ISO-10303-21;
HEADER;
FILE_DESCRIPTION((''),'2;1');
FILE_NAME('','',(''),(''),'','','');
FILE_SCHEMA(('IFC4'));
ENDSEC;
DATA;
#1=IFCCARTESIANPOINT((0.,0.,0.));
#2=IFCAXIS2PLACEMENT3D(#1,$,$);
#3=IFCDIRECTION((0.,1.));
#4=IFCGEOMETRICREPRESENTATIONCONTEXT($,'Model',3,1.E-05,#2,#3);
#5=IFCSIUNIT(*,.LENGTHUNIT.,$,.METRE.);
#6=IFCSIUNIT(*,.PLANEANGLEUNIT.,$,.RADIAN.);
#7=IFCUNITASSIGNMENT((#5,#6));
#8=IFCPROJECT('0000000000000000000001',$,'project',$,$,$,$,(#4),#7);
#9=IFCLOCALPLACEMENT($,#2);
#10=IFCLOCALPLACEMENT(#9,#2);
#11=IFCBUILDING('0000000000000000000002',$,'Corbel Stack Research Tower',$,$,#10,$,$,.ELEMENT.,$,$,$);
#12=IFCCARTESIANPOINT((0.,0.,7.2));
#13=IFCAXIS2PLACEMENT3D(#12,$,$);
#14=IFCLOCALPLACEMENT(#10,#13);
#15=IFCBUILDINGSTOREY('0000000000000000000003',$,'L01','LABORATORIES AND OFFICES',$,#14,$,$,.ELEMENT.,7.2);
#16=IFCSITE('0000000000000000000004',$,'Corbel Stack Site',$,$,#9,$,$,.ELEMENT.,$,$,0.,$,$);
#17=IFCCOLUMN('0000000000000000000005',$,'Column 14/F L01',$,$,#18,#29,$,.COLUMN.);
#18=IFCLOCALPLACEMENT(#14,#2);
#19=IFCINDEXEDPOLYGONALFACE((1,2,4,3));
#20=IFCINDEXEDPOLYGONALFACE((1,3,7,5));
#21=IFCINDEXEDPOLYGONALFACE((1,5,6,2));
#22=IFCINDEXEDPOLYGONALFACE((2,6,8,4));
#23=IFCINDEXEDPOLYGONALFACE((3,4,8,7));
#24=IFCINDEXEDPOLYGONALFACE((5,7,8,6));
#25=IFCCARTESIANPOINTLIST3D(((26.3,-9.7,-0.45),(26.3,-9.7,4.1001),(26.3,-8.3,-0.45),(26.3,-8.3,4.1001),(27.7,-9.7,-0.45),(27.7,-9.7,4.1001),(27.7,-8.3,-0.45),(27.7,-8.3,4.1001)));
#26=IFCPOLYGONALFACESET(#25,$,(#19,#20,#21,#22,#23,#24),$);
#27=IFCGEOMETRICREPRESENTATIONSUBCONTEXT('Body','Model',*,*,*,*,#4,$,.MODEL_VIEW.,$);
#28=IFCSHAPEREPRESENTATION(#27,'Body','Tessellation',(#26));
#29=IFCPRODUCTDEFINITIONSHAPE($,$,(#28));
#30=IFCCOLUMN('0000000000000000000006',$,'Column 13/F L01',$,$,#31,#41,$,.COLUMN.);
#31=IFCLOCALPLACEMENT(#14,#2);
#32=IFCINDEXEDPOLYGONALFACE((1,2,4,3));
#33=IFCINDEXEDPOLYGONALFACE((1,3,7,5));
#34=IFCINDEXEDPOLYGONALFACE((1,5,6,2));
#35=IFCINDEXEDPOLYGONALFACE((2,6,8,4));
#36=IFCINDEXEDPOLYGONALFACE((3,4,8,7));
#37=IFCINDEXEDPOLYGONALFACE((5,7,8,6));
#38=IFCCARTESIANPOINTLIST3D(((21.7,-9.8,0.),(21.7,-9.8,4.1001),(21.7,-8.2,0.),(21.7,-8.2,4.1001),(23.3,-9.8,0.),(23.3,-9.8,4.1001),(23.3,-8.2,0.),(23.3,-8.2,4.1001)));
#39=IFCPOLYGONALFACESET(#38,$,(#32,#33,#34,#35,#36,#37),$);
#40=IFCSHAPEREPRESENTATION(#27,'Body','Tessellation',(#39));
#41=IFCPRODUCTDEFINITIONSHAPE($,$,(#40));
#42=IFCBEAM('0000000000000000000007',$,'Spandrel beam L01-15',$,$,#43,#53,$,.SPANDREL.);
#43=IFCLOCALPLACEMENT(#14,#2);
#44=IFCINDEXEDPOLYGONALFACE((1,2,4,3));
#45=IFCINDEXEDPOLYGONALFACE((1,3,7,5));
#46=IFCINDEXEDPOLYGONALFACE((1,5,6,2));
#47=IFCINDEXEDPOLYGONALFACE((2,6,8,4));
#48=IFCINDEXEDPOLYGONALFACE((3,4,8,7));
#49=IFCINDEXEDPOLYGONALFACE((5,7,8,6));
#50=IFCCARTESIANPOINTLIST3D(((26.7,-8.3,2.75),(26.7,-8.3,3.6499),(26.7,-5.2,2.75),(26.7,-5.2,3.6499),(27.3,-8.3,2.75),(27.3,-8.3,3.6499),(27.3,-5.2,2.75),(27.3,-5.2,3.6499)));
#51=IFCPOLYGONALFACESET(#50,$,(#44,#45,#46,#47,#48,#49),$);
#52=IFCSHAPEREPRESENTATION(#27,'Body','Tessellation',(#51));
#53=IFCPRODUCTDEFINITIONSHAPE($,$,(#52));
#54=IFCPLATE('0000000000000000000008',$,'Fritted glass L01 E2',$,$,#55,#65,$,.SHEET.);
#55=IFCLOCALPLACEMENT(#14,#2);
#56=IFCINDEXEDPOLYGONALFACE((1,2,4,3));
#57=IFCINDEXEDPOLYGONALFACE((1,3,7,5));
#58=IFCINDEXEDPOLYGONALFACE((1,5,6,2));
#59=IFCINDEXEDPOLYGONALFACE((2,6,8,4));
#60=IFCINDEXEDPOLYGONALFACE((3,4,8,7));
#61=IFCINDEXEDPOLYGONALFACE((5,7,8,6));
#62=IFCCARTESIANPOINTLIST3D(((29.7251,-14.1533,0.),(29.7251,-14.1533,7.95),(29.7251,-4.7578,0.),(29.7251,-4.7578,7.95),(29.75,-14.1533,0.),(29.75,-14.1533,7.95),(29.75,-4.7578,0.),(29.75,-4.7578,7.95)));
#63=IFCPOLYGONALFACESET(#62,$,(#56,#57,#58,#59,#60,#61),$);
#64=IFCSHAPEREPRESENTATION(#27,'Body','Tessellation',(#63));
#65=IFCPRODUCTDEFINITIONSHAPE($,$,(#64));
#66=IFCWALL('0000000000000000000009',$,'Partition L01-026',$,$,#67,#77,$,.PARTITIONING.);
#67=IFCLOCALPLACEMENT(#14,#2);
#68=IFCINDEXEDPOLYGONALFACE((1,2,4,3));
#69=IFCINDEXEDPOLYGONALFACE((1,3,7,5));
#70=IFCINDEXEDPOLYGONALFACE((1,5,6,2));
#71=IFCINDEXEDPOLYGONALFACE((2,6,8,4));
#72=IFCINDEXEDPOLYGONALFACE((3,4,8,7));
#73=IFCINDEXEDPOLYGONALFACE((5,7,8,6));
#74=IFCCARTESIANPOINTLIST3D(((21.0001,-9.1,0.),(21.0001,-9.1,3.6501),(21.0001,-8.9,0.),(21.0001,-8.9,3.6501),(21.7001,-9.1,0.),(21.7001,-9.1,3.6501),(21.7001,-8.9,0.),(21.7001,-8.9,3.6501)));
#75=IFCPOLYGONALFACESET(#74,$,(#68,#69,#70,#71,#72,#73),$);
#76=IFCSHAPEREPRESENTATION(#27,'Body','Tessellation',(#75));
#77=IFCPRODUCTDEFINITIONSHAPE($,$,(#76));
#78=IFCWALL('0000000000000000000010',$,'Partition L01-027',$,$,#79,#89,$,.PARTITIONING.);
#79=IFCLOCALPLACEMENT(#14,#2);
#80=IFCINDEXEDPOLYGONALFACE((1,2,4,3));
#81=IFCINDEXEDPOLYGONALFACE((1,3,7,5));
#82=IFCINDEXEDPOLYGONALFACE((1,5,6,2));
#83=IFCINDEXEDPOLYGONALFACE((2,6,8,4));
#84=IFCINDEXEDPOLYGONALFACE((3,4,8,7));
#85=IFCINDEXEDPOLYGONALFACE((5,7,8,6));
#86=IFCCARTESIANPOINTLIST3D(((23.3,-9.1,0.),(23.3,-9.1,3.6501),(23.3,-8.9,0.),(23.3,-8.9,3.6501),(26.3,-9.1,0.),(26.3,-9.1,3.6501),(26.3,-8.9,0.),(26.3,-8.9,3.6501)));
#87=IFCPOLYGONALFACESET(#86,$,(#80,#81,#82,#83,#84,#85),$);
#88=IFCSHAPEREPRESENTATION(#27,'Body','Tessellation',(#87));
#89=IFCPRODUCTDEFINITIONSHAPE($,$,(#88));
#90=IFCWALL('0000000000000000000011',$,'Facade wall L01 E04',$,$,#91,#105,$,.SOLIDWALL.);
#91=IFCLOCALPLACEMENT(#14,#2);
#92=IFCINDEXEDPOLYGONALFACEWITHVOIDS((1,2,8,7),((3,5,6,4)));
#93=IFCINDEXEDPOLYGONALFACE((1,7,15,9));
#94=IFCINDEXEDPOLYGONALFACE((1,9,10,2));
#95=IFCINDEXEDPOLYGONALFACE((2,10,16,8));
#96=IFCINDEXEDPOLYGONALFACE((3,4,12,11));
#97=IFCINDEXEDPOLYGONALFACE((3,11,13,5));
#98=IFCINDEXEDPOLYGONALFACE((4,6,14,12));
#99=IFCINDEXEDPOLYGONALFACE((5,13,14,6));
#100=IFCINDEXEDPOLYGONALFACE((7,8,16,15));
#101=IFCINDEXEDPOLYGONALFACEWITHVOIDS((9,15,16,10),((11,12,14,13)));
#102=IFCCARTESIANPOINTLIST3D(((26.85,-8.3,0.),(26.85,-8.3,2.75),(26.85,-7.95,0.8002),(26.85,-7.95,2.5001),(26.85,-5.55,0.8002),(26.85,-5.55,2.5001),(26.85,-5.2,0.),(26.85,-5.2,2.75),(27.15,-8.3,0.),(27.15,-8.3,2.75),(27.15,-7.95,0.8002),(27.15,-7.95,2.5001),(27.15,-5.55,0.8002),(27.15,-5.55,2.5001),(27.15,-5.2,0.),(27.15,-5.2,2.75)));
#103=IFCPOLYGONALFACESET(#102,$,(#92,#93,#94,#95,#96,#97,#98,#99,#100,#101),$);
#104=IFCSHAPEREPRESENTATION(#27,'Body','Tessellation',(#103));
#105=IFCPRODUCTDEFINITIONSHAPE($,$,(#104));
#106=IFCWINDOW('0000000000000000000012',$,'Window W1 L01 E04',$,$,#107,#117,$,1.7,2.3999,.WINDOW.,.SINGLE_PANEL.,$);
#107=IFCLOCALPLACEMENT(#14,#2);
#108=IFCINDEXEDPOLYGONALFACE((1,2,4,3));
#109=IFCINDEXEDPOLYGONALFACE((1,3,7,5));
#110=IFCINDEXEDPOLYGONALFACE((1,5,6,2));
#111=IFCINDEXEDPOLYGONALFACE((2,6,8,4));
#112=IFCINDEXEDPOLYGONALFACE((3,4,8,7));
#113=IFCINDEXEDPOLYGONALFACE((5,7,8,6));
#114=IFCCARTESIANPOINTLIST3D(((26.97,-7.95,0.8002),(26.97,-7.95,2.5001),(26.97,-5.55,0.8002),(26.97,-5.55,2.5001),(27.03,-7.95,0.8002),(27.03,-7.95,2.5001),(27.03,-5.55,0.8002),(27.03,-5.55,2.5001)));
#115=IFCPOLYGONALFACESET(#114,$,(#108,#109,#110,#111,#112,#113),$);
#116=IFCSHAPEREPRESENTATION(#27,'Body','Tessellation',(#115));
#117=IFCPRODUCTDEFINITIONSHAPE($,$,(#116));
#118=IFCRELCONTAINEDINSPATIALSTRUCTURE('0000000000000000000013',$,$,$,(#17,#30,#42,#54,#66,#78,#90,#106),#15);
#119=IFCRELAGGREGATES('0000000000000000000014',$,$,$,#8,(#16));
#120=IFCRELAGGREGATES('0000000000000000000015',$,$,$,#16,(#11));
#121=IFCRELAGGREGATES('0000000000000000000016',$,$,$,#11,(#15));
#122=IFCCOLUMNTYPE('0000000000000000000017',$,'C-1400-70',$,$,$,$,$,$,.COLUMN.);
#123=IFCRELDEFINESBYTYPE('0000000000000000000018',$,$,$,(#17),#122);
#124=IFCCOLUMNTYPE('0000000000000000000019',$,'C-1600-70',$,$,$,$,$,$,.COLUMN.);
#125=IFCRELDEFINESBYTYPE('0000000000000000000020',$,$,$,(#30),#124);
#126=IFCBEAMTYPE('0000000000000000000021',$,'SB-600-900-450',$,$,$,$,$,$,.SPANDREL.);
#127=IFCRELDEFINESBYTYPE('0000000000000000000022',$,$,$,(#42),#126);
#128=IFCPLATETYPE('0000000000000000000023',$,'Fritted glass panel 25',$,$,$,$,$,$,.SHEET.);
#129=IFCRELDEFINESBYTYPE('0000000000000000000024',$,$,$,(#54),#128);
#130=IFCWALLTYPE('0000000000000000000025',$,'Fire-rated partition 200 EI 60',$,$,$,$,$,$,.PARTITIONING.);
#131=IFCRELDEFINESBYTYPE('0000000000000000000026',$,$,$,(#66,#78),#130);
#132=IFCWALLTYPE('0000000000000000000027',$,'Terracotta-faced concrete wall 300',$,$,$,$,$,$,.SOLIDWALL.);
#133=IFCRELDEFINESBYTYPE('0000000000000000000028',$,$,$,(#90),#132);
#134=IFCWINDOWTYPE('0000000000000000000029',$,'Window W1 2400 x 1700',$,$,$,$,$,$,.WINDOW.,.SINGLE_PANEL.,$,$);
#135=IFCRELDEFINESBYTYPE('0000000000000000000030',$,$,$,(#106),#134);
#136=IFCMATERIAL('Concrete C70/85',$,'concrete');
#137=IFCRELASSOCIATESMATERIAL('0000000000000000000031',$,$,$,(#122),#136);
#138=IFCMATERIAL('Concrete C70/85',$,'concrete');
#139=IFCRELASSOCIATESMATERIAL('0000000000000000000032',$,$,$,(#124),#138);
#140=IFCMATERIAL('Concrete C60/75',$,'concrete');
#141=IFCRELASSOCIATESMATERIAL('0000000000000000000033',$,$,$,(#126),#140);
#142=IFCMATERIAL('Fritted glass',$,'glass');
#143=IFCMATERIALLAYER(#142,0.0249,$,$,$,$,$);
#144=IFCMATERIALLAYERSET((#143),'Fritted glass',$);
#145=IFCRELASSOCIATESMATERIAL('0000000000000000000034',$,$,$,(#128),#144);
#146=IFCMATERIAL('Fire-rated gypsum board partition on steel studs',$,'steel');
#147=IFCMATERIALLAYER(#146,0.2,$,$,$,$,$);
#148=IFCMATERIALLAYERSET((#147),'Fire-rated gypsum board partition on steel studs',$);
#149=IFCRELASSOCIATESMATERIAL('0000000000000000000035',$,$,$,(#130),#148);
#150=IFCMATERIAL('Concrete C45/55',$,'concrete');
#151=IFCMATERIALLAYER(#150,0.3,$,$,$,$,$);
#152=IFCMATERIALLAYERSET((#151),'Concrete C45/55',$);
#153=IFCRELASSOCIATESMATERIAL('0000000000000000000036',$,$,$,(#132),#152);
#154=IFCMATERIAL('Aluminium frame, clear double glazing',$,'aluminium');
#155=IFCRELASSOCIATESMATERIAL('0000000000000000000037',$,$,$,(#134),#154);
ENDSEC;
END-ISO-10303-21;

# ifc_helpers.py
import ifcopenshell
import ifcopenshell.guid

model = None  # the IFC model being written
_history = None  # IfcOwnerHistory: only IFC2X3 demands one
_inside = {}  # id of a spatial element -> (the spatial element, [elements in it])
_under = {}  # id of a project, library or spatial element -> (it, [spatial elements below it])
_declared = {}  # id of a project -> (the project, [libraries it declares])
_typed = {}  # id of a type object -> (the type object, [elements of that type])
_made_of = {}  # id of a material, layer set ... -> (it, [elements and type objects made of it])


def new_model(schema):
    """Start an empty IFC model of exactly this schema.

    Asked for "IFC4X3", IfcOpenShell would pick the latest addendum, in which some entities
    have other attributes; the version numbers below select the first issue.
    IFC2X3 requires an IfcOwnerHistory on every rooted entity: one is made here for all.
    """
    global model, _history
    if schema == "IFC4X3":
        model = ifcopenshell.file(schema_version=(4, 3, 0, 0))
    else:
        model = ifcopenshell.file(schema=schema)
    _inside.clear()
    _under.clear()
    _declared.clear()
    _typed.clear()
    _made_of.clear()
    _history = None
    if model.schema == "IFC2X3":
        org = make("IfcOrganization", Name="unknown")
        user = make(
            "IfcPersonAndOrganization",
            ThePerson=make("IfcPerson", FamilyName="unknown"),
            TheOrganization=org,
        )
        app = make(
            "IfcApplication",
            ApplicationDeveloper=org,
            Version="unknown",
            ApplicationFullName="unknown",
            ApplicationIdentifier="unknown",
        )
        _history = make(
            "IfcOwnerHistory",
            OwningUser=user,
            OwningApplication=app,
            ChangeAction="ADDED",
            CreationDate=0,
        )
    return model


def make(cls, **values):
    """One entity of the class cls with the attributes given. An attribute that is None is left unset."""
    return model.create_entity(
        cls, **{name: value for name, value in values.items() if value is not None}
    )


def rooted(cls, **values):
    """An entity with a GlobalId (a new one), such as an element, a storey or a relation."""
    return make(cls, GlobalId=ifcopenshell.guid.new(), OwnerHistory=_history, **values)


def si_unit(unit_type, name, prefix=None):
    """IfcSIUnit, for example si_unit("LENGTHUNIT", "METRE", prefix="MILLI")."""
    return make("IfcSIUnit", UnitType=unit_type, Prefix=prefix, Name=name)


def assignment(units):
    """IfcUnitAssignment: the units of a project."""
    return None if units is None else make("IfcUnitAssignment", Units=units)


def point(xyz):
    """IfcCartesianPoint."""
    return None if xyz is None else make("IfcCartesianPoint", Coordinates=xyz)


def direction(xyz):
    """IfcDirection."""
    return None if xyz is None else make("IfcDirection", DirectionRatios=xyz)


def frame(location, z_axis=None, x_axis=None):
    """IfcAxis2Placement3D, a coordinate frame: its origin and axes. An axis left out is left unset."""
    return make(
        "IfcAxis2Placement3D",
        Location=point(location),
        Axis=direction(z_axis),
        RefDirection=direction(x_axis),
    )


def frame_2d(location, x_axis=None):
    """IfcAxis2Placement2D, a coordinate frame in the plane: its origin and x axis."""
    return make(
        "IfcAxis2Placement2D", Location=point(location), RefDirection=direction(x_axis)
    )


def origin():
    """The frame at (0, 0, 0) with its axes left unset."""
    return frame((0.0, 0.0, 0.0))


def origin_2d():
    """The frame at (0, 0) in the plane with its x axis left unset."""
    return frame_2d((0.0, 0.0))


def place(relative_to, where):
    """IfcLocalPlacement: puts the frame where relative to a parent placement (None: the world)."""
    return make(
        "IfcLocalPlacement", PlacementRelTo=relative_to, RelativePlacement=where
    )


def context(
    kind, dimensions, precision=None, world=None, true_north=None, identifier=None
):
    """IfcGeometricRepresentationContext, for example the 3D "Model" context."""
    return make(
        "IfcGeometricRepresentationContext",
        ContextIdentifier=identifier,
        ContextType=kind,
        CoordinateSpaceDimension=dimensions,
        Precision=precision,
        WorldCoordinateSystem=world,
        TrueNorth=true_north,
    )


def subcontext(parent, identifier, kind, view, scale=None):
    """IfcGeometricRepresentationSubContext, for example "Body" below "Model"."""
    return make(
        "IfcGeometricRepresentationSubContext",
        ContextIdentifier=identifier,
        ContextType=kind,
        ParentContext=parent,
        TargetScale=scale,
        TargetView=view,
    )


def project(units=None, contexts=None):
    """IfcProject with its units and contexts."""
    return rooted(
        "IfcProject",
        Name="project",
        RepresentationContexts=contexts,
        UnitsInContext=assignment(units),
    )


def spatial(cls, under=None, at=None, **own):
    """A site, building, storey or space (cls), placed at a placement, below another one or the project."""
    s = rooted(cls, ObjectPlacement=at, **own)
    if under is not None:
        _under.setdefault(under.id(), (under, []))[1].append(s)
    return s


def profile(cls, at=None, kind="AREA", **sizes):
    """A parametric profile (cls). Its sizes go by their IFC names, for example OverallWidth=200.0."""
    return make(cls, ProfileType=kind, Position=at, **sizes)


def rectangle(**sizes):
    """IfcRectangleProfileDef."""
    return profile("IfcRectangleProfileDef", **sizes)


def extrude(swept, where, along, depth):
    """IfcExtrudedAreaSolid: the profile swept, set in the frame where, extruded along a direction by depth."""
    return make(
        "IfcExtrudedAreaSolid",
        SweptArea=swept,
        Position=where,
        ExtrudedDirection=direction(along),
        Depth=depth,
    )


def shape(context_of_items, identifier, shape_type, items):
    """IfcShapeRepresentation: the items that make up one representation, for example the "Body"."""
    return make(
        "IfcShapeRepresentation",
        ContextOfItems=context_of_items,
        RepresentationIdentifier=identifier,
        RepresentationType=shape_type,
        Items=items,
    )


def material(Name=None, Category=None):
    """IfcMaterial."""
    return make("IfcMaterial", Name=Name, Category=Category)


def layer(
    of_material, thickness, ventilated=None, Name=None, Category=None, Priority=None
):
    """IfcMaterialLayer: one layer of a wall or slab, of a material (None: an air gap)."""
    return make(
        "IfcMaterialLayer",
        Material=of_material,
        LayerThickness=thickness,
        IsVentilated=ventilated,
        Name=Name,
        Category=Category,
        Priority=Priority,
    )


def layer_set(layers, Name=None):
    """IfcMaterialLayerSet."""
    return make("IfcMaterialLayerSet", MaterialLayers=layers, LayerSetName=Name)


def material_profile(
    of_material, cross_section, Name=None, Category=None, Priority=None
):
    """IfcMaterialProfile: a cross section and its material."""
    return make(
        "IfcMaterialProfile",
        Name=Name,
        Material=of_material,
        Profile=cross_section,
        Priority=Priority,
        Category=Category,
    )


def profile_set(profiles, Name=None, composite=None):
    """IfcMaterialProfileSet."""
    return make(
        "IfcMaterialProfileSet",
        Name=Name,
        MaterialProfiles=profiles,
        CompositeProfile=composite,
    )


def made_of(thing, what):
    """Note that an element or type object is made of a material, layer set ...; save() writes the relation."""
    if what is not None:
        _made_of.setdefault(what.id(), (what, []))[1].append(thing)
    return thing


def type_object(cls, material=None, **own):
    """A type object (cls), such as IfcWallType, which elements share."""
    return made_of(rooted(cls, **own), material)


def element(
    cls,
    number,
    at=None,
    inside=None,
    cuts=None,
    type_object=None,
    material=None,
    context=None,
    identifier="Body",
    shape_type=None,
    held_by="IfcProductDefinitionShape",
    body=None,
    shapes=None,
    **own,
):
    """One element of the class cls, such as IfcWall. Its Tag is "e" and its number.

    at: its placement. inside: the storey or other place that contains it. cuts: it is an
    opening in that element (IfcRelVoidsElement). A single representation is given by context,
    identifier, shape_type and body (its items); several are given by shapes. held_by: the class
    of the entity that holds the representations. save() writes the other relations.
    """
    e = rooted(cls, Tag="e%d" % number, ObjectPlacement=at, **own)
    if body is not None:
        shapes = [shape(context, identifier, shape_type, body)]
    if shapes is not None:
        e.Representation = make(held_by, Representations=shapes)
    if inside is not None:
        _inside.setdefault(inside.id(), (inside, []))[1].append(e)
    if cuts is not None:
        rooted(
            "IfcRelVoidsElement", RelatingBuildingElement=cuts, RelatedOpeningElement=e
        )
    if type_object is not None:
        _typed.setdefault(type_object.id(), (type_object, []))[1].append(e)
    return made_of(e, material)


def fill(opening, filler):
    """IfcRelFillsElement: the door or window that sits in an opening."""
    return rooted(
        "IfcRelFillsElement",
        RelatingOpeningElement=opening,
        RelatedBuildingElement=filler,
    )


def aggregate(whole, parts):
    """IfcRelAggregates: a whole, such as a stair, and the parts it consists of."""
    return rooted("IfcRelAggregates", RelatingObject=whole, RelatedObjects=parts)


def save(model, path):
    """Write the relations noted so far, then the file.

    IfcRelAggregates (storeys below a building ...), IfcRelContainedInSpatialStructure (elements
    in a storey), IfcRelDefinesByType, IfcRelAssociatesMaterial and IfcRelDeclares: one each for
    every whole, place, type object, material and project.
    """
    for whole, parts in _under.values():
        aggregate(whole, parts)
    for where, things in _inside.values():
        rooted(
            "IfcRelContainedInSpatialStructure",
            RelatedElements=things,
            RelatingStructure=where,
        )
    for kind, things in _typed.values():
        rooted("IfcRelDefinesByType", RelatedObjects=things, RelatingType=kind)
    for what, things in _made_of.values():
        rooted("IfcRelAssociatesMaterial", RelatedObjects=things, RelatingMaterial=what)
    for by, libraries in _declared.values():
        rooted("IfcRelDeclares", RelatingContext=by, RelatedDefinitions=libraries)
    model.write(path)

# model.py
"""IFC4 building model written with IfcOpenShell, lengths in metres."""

from ifc_helpers import new_model, si_unit, direction, frame, frame_2d, origin, origin_2d, place, context, subcontext, project, spatial, rectangle, extrude, material, layer, layer_set, material_profile, profile_set, type_object, element, fill, save


model = new_model("IFC4")

# Units and contexts
model_context = context("Model", 3, precision=1e-05, world=origin(), true_north=direction((0.0, 1.0)))
body_context = subcontext(model_context, "Body", "Model", "MODEL_VIEW")
ifc_project = project(units=[si_unit("LENGTHUNIT", "METRE"), si_unit("PLANEANGLEUNIT", "RADIAN")], contexts=[model_context])

# Site, building, storey
site_placement = place(None, origin())
site = spatial("IfcSite", under=ifc_project, at=site_placement, Name="Corbel Stack Site", CompositionType="ELEMENT", RefElevation=0.0)
building_placement = place(site_placement, origin())
building = spatial("IfcBuilding", under=site, at=building_placement, Name="Corbel Stack Research Tower", CompositionType="ELEMENT")
storey_placement = place(building_placement, frame((0.0, 0.0, 7.2)))
storey = spatial("IfcBuildingStorey", under=building, at=storey_placement, Name="L01", Description="LABORATORIES AND OFFICES", CompositionType="ELEMENT", Elevation=7.2)

# Columns
ifc_material_1 = material(Name="Concrete C70/85", Category="concrete")
ifc_material_profile_1 = material_profile(ifc_material_1, rectangle(XDim=1.3999, YDim=1.3999, at=origin_2d()), Name="RC 1400 x 1400")
ifc_profile_set_1 = profile_set([ifc_material_profile_1], Name="Concrete C70/85")
column_type_1 = type_object("IfcColumnType", Name="C-1400-70", PredefinedType="COLUMN", material=ifc_profile_set_1)
column_1_placement = place(storey_placement, frame((27.0, -9.0, -0.45), z_axis=(0.0, 0.0, 1.0), x_axis=(1.0, 0.0, 0.0)))
element("IfcColumn", 1, at=column_1_placement, inside=storey, type_object=column_type_1, Name="Column 14/F L01", PredefinedType="COLUMN", context=body_context, shape_type="SweptSolid", body=[
    extrude(rectangle(XDim=1.3999, YDim=1.3999, at=origin_2d()), origin(), (0.0, 0.0, 1.0), 4.55),
])
ifc_material_2 = material(Name="Concrete C70/85", Category="concrete")
ifc_material_profile_2 = material_profile(ifc_material_2, rectangle(XDim=1.6001, YDim=1.6001, at=origin_2d()), Name="RC 1600 x 1600")
ifc_profile_set_2 = profile_set([ifc_material_profile_2], Name="Concrete C70/85")
column_type_2 = type_object("IfcColumnType", Name="C-1600-70", PredefinedType="COLUMN", material=ifc_profile_set_2)
column_2_placement = place(storey_placement, frame((22.5, -9.0, 0.0), z_axis=(0.0, 0.0, 1.0), x_axis=(1.0, 0.0, 0.0)))
element("IfcColumn", 2, at=column_2_placement, inside=storey, type_object=column_type_2, Name="Column 13/F L01", PredefinedType="COLUMN", context=body_context, shape_type="SweptSolid", body=[
    extrude(rectangle(XDim=1.6001, YDim=1.6001, at=origin_2d()), origin(), (0.0, 0.0, 1.0), 4.1001),
])

# Beam
ifc_material_3 = material(Name="Concrete C60/75", Category="concrete")
ifc_material_profile_3 = material_profile(ifc_material_3, rectangle(XDim=0.6001, YDim=0.8999, at=origin_2d()), Name="RC 600 x 900")
ifc_profile_set_3 = profile_set([ifc_material_profile_3], Name="Concrete C60/75")
beam_type = type_object("IfcBeamType", Name="SB-600-900-450", PredefinedType="SPANDREL", material=ifc_profile_set_3)
beam_placement = place(storey_placement, frame((27.0, -8.3, 3.2), z_axis=(0.0, 1.0, 0.0), x_axis=(-1.0, 0.0, 0.0)))
element("IfcBeam", 3, at=beam_placement, inside=storey, type_object=beam_type, Name="Spandrel beam L01-15", PredefinedType="SPANDREL", context=body_context, shape_type="SweptSolid", body=[
    extrude(rectangle(XDim=0.6001, YDim=0.8999, at=origin_2d()), origin(), (0.0, 0.0, 1.0), 3.1001),
])

# Plate
ifc_material_4 = material(Name="Fritted glass", Category="glass")
ifc_layer_1 = layer(ifc_material_4, 0.0249)
ifc_layer_set_1 = layer_set([ifc_layer_1], Name="Fritted glass")
plate_type = type_object("IfcPlateType", Name="Fritted glass panel 25", PredefinedType="SHEET", material=ifc_layer_set_1)
plate_placement = place(storey_placement, frame((29.7375, -9.4556, 0.0), z_axis=(0.0, 0.0, 1.0), x_axis=(0.0, 1.0, 0.0)))
element("IfcPlate", 4, at=plate_placement, inside=storey, type_object=plate_type, Name="Fritted glass L01 E2", PredefinedType="SHEET", context=body_context, shape_type="SweptSolid", body=[
    extrude(rectangle(XDim=9.3955, YDim=0.0249, at=origin_2d()), origin(), (0.0, 0.0, 1.0), 7.95),
])

# Walls
ifc_material_5 = material(Name="Fire-rated gypsum board partition on steel studs", Category="steel")
ifc_layer_2 = layer(ifc_material_5, 0.2)
ifc_layer_set_2 = layer_set([ifc_layer_2], Name="Fire-rated gypsum board partition on steel studs")
wall_type_1 = type_object("IfcWallType", Name="Fire-rated partition 200 EI 60", PredefinedType="PARTITIONING", material=ifc_layer_set_2)
wall_1_placement = place(storey_placement, frame((21.0, -9.0, 0.0), z_axis=(0.0, 0.0, 1.0), x_axis=(1.0, 0.0, 0.0)))
element("IfcWall", 5, at=wall_1_placement, inside=storey, type_object=wall_type_1, Name="Partition L01-026", PredefinedType="PARTITIONING", context=body_context, shape_type="SweptSolid", body=[
    extrude(rectangle(XDim=0.7, YDim=0.2, at=frame_2d((0.3501, 0.0))), origin(), (0.0, 0.0, 1.0), 3.6501),
])
wall_2_placement = place(storey_placement, frame((23.3, -9.0, 0.0), z_axis=(0.0, 0.0, 1.0), x_axis=(1.0, 0.0, 0.0)))
element("IfcWall", 6, at=wall_2_placement, inside=storey, type_object=wall_type_1, Name="Partition L01-027", PredefinedType="PARTITIONING", context=body_context, shape_type="SweptSolid", body=[
    extrude(rectangle(XDim=3.0, YDim=0.2, at=frame_2d((1.5, 0.0))), origin(), (0.0, 0.0, 1.0), 3.6501),
])

# Wall, opening, window
ifc_material_6 = material(Name="Concrete C45/55", Category="concrete")
ifc_layer_3 = layer(ifc_material_6, 0.3)
ifc_layer_set_3 = layer_set([ifc_layer_3], Name="Concrete C45/55")
wall_type_2 = type_object("IfcWallType", Name="Terracotta-faced concrete wall 300", PredefinedType="SOLIDWALL", material=ifc_layer_set_3)
wall_3_placement = place(storey_placement, frame((27.0, -5.2, 0.0), z_axis=(0.0, 0.0, 1.0), x_axis=(0.0, -1.0, 0.0)))
wall_3 = element("IfcWall", 7, at=wall_3_placement, inside=storey, type_object=wall_type_2, Name="Facade wall L01 E04", PredefinedType="SOLIDWALL", context=body_context, shape_type="SweptSolid", body=[
    extrude(rectangle(XDim=3.1001, YDim=0.3, at=frame_2d((1.55, 0.0))), origin(), (0.0, 0.0, 1.0), 2.75),
])
opening_1_placement = place(wall_3_placement, frame((0.3501, 0.0, 0.8)))
opening_1 = element("IfcOpeningElement", 8, at=opening_1_placement, cuts=wall_3, PredefinedType="OPENING", context=body_context, shape_type="SweptSolid", body=[
    extrude(rectangle(XDim=2.3999, YDim=1.7, at=frame_2d((1.2, 0.8501))), frame((0.0, 0.1599, 0.0), z_axis=(0.0, -1.0, 0.0), x_axis=(1.0, 0.0, 0.0)), (0.0, 0.0, 1.0), 0.3201),
])
ifc_material_7 = material(Name="Aluminium frame, clear double glazing", Category="aluminium")
window_type = type_object("IfcWindowType", Name="Window W1 2400 x 1700", PartitioningType="SINGLE_PANEL", PredefinedType="WINDOW", material=ifc_material_7)
window_placement = place(opening_1_placement, origin())
window = element("IfcWindow", 9, at=window_placement, inside=storey, type_object=window_type, Name="Window W1 L01 E04", OverallHeight=1.7, OverallWidth=2.3999, PartitioningType="SINGLE_PANEL", PredefinedType="WINDOW", context=body_context, shape_type="SweptSolid", body=[
    extrude(rectangle(XDim=2.3999, YDim=1.7, at=frame_2d((1.2, 0.8501))), frame((0.0, 0.03, 0.0), z_axis=(0.0, -1.0, 0.0), x_axis=(1.0, 0.0, 0.0)), (0.0, 0.0, 1.0), 0.0601),
])
fill(opening_1, window)

save(model, "model.ifc")
